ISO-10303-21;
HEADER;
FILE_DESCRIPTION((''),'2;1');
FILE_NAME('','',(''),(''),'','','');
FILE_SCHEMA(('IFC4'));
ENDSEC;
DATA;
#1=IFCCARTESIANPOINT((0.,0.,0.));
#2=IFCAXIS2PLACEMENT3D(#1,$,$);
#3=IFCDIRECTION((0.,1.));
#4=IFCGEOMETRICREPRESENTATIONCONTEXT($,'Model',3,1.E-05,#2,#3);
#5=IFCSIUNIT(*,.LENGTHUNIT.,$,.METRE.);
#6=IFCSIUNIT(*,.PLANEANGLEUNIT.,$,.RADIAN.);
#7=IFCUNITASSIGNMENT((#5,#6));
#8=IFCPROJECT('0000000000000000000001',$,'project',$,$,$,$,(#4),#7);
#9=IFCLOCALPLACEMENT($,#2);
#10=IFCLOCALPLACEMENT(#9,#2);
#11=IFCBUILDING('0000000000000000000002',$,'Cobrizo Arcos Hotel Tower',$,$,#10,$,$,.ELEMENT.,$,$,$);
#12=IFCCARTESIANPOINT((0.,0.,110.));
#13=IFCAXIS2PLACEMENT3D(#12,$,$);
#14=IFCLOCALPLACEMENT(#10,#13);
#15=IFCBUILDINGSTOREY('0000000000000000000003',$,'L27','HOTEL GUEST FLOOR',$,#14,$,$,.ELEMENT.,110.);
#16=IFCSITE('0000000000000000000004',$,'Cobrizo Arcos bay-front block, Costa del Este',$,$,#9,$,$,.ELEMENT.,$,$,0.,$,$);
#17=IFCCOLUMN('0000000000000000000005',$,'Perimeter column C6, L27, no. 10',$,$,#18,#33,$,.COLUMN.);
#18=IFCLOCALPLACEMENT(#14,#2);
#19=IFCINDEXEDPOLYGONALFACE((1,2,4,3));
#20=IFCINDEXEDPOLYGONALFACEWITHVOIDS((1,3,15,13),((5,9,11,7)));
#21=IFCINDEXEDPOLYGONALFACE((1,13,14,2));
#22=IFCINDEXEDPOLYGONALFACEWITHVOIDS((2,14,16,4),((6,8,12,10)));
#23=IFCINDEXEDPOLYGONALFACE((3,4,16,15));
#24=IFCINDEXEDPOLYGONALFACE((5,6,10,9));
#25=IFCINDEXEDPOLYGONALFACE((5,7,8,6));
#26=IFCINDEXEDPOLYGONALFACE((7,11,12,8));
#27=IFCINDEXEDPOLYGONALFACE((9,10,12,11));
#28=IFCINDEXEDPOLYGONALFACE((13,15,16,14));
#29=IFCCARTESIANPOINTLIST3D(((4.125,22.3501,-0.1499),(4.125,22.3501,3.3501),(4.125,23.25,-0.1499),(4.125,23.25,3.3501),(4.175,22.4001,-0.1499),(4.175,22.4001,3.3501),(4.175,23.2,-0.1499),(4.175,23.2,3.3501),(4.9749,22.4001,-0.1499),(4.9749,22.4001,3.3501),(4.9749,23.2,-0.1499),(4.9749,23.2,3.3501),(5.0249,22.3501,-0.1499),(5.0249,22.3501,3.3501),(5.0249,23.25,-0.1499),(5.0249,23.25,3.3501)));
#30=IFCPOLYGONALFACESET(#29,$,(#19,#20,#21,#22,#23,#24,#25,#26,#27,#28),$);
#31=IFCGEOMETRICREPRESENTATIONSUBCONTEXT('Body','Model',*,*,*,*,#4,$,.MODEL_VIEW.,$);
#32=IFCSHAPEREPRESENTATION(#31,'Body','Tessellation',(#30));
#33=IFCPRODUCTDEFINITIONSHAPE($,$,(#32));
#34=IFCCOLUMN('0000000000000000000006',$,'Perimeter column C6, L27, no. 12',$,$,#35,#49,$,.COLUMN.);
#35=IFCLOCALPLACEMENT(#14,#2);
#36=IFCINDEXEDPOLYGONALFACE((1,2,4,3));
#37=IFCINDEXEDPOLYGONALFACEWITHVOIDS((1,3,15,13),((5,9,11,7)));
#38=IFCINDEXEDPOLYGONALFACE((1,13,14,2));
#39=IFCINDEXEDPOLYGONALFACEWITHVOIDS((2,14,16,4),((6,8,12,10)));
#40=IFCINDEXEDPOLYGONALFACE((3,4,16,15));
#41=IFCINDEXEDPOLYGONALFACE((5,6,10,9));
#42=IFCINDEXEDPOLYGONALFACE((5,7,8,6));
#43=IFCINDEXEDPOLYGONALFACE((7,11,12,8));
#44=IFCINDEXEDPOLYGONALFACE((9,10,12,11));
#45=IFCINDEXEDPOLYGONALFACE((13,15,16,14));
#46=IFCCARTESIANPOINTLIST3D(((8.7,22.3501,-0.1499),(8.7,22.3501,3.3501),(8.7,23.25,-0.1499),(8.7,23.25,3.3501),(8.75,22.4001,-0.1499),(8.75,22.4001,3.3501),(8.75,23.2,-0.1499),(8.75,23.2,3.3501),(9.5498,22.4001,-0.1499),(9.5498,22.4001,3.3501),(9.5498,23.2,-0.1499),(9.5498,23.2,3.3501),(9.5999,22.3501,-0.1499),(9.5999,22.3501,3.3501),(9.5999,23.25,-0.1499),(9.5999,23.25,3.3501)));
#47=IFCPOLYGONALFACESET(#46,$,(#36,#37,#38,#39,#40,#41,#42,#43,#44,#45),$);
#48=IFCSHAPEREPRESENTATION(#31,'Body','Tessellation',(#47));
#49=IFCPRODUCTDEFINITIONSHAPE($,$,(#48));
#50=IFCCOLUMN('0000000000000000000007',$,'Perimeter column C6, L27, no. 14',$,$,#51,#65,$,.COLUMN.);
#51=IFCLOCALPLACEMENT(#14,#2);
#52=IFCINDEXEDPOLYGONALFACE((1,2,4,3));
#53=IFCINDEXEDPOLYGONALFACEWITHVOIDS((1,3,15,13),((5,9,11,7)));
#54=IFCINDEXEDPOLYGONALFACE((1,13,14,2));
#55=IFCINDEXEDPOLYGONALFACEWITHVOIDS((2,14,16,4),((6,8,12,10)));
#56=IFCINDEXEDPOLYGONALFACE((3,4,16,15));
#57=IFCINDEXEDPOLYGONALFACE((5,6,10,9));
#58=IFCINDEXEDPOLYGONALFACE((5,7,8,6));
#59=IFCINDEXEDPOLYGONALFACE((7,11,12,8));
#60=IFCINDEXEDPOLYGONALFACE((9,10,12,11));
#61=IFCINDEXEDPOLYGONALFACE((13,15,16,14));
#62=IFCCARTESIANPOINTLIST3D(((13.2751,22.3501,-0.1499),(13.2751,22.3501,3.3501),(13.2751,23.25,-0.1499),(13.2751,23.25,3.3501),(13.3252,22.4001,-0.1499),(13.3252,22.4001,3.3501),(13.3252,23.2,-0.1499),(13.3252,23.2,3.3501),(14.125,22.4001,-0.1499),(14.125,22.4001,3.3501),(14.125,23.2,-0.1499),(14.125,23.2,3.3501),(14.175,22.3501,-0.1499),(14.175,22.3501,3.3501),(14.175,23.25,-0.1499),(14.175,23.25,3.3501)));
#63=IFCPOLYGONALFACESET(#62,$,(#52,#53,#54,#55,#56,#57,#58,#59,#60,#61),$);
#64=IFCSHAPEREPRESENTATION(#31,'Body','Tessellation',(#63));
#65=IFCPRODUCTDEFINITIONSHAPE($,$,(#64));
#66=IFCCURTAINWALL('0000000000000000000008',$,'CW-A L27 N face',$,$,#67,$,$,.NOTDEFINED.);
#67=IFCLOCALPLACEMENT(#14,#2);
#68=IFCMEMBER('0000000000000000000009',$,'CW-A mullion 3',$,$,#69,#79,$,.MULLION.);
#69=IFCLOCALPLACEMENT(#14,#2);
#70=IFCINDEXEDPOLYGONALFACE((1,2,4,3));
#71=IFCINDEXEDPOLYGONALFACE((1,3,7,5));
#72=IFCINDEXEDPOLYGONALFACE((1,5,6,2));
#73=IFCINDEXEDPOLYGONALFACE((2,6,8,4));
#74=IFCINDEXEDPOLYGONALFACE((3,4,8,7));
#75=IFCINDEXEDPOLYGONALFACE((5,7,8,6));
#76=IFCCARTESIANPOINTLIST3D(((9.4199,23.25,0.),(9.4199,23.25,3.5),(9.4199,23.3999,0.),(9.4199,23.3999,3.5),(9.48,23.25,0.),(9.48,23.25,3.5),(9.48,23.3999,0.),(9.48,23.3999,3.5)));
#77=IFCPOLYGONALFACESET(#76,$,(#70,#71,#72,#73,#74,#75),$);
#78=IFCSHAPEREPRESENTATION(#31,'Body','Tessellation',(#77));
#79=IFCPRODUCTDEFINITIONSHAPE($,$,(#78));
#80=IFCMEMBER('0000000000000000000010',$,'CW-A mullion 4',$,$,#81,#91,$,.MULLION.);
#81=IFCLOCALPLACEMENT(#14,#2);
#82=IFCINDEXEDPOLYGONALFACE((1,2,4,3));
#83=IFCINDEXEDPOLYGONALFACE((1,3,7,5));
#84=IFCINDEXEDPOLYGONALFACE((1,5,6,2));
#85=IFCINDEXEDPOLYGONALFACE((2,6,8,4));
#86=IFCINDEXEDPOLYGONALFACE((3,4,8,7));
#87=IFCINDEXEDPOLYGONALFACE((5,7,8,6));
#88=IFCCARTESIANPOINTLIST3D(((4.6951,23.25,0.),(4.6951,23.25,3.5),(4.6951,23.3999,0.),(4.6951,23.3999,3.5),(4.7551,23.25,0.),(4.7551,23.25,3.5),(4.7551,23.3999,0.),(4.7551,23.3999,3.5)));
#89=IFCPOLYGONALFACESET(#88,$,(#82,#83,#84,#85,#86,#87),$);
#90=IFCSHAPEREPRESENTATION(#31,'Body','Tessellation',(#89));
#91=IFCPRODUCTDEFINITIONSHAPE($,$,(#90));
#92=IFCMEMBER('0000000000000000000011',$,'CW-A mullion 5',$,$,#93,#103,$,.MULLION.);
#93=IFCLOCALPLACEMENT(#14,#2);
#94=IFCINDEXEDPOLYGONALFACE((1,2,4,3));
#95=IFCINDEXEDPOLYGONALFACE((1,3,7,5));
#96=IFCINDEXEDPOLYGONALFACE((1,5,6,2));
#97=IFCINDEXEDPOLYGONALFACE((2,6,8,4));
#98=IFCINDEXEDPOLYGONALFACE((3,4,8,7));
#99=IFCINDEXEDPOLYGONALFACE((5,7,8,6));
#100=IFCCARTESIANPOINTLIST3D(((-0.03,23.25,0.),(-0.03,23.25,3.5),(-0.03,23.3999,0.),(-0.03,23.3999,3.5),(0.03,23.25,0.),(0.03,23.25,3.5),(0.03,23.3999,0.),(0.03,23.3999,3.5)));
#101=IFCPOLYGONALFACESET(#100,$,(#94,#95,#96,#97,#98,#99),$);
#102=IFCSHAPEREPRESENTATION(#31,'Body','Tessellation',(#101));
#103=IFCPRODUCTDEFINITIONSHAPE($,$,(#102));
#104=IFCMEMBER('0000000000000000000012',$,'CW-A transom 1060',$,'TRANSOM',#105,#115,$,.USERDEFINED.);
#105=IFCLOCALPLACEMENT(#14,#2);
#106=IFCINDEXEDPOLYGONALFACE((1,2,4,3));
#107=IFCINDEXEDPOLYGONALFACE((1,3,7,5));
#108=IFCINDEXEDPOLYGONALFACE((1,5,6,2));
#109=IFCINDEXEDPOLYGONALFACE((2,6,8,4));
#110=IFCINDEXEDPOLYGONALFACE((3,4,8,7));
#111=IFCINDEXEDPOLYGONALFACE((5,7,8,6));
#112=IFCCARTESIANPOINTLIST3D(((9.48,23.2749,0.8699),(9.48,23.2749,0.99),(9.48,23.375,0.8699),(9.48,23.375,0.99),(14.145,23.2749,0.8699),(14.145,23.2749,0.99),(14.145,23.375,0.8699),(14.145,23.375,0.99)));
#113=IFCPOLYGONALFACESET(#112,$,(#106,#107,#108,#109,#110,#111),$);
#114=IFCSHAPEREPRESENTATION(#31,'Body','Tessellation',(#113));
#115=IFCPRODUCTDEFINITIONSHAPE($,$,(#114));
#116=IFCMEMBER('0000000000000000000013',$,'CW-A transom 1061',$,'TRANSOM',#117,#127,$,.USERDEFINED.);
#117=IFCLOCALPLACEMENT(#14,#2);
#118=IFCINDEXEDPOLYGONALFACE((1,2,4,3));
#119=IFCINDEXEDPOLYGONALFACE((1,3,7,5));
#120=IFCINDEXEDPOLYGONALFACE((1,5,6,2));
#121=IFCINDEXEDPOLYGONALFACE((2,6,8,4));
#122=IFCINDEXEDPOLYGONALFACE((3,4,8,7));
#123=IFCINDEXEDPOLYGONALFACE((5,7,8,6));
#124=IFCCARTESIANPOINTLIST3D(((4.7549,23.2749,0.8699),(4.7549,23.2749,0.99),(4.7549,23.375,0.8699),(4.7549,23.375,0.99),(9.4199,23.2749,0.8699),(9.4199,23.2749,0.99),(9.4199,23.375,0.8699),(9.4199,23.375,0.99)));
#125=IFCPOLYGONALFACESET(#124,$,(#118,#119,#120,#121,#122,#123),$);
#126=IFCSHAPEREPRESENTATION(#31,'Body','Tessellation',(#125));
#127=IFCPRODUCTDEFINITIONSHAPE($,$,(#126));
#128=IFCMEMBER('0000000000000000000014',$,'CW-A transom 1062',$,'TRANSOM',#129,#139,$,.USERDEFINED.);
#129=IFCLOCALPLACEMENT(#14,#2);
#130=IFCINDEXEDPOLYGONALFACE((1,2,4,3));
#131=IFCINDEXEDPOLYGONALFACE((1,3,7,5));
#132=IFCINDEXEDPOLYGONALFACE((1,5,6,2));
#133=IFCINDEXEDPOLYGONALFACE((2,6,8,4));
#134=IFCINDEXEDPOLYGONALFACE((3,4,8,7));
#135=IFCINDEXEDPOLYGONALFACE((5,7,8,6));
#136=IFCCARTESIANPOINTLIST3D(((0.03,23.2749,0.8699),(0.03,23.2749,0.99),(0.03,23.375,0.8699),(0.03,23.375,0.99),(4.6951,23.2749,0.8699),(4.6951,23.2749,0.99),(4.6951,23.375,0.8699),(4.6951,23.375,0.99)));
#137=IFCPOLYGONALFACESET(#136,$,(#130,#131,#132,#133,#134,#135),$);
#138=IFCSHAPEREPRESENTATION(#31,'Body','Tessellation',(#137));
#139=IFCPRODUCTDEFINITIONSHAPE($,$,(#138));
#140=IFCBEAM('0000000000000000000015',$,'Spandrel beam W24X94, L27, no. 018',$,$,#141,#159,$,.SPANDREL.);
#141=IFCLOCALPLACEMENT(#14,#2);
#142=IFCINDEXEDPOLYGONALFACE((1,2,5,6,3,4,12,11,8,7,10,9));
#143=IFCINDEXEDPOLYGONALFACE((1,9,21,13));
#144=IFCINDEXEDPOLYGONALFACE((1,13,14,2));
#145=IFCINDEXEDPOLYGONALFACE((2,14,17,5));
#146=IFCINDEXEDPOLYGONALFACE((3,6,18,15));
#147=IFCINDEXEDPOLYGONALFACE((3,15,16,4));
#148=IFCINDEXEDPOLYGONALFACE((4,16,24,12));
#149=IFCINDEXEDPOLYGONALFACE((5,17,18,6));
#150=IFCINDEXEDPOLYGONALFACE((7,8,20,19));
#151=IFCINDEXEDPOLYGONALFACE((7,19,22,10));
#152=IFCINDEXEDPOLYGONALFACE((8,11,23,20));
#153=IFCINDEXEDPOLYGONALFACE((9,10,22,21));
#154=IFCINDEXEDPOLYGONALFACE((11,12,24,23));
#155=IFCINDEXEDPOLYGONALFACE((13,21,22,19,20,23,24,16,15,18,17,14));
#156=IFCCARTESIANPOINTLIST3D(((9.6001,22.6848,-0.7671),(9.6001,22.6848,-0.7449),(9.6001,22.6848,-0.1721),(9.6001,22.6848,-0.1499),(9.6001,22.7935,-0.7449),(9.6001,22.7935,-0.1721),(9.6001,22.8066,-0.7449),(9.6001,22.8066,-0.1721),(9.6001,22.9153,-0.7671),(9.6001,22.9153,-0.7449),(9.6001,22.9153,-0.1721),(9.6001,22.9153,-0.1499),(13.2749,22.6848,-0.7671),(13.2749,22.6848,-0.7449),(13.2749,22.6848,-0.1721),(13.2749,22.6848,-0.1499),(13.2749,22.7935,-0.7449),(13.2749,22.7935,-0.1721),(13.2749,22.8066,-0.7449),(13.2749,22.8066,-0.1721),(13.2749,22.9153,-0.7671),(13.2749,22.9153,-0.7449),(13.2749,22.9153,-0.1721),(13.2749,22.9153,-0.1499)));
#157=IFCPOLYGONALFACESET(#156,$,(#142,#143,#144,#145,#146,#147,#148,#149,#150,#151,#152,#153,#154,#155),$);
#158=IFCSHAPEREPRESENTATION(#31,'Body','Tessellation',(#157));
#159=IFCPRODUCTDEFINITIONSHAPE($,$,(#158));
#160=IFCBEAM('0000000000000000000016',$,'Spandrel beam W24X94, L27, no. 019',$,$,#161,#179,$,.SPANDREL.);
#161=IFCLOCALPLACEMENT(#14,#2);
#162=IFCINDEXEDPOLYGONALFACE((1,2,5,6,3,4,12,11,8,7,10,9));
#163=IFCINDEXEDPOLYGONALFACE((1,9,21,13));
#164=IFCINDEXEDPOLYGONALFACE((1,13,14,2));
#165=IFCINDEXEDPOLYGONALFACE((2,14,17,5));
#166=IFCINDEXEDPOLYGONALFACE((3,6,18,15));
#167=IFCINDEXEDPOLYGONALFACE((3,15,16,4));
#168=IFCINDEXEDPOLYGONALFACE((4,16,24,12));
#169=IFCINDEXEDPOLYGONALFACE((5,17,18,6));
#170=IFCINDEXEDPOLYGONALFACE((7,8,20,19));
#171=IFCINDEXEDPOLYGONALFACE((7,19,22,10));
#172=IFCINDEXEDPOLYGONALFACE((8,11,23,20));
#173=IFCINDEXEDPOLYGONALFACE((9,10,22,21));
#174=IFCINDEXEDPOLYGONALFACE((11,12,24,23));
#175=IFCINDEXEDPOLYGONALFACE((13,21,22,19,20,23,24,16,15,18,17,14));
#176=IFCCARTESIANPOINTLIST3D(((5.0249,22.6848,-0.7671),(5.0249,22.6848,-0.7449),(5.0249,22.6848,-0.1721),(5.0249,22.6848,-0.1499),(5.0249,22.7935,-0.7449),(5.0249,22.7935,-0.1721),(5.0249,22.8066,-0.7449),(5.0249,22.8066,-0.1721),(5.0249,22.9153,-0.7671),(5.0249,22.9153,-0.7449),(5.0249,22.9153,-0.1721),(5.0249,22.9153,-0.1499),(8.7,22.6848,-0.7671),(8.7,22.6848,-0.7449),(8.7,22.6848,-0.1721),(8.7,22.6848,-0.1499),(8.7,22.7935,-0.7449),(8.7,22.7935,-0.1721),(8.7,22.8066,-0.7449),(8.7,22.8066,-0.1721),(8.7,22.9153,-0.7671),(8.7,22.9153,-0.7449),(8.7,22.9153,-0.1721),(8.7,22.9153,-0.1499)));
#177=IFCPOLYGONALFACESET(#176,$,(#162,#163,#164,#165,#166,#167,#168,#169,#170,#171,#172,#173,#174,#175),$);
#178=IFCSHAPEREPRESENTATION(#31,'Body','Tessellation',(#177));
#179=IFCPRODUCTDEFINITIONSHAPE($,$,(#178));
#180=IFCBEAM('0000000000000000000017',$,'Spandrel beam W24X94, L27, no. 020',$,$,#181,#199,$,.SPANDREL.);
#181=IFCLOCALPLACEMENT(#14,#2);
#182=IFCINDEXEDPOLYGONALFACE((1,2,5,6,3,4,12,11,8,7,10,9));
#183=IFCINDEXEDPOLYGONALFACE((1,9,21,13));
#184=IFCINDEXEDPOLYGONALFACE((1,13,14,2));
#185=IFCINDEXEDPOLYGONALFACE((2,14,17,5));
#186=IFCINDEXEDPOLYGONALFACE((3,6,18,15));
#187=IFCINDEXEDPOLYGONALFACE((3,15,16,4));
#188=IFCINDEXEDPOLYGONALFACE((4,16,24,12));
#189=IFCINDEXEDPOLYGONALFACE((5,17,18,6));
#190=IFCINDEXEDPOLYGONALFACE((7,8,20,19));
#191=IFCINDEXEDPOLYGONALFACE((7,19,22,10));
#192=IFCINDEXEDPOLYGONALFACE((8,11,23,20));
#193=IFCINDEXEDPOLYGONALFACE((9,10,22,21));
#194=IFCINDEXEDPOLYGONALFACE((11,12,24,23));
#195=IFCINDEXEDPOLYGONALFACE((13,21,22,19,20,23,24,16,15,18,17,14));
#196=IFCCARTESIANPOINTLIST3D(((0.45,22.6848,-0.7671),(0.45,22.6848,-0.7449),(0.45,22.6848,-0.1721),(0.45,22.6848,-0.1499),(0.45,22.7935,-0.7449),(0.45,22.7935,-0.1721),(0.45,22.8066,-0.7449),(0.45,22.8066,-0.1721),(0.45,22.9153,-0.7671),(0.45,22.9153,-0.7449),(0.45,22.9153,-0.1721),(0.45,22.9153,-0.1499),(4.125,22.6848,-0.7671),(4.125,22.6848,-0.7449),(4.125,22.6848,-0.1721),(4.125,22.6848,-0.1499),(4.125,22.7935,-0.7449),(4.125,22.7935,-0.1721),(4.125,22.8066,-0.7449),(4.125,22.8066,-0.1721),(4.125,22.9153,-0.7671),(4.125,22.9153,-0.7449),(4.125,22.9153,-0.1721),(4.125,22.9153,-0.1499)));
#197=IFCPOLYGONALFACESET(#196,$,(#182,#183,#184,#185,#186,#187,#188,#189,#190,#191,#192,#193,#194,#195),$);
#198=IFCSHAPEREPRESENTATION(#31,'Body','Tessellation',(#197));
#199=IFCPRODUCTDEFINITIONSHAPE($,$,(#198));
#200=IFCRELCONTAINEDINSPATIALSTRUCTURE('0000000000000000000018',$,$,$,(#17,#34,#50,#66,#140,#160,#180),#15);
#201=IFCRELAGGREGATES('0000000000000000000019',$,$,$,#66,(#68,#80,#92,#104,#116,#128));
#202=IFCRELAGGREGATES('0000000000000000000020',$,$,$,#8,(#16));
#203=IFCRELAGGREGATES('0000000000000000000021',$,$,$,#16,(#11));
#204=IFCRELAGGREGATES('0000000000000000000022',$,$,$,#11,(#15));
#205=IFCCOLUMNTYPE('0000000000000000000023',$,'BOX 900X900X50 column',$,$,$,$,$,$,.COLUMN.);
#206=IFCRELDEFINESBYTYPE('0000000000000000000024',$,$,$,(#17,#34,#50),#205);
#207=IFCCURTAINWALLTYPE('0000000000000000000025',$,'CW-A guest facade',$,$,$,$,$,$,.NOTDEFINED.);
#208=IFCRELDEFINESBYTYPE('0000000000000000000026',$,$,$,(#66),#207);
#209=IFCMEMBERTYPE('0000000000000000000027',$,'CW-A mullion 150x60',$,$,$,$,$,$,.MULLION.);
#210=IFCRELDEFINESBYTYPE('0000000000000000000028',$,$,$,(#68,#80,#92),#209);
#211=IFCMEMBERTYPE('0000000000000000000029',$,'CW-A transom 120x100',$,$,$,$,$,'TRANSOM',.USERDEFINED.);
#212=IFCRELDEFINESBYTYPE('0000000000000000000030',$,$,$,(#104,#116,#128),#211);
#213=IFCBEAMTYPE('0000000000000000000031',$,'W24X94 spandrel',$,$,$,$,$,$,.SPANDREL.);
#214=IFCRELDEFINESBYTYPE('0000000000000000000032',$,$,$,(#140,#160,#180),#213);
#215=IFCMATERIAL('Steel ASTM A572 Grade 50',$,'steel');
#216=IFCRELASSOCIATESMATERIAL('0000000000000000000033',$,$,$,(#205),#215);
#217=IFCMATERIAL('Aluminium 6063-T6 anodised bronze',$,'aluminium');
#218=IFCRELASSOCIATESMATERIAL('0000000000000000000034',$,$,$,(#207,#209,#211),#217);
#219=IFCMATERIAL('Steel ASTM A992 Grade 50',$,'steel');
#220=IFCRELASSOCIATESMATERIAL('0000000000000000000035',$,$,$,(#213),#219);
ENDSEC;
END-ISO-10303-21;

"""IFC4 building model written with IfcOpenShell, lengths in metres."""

from ifc_helpers import new_model, si_unit, direction, frame, origin, origin_2d, place, context, subcontext, project, spatial, rectangle, hollow_rectangle, i_section, extrude, material, material_profile, profile_set, type_object, element, aggregate, save


model = new_model("IFC4")

# Units and contexts
model_context = context("Model", 3, precision=1e-05, world=origin(), true_north=direction((0.0, 1.0)))
body_context = subcontext(model_context, "Body", "Model", "MODEL_VIEW")
ifc_project = project(units=[si_unit("LENGTHUNIT", "METRE"), si_unit("PLANEANGLEUNIT", "RADIAN")], contexts=[model_context])

# Site, building, storey
site_placement = place(None, origin())
site = spatial("IfcSite", under=ifc_project, at=site_placement, Name="Cobrizo Arcos bay-front block, Costa del Este", CompositionType="ELEMENT", RefElevation=0.0)
building_placement = place(site_placement, origin())
building = spatial("IfcBuilding", under=site, at=building_placement, Name="Cobrizo Arcos Hotel Tower", CompositionType="ELEMENT")
storey_placement = place(building_placement, frame((0.0, 0.0, 110.0)))
storey = spatial("IfcBuildingStorey", under=building, at=storey_placement, Name="L27", Description="HOTEL GUEST FLOOR", CompositionType="ELEMENT", Elevation=110.0)

# Columns
ifc_material_1 = material(Name="Steel ASTM A572 Grade 50", Category="steel")
ifc_material_profile_1 = material_profile(ifc_material_1, hollow_rectangle(XDim=0.8999, YDim=0.8999, WallThickness=0.05, at=origin_2d()), Name="BOX 900X900X50")
ifc_profile_set_1 = profile_set([ifc_material_profile_1], Name="Steel ASTM A572 Grade 50")
column_type = type_object("IfcColumnType", Name="BOX 900X900X50 column", PredefinedType="COLUMN", material=ifc_profile_set_1)
for number, where, z_axis, x_axis, name in (
    (1, (4.575, 22.8, -0.1499), (0.0, 0.0, 1.0), (1.0, 0.0, 0.0), "Perimeter column C6, L27, no. 10"),
    (2, (9.1499, 22.8, -0.1499), (0.0, 0.0, 1.0), (1.0, 0.0, 0.0), "Perimeter column C6, L27, no. 12"),
    (3, (13.7251, 22.8, -0.1499), (0.0, 0.0, 1.0), (1.0, 0.0, 0.0), "Perimeter column C6, L27, no. 14"),
):
    element("IfcColumn", number, at=place(storey_placement, frame(where, z_axis=z_axis, x_axis=x_axis)), inside=storey, type_object=column_type, Name=name, PredefinedType="COLUMN", context=body_context, shape_type="SweptSolid", body=[
        extrude(hollow_rectangle(XDim=0.8999, YDim=0.8999, WallThickness=0.05, at=origin_2d()), origin(), (0.0, 0.0, 1.0), 3.5),
    ])

# Curtain wall, members
ifc_material_2 = material(Name="Aluminium 6063-T6 anodised bronze", Category="aluminium")
curtain_wall_type = type_object("IfcCurtainWallType", Name="CW-A guest facade", PredefinedType="NOTDEFINED", material=ifc_material_2)
curtain_wall_placement = place(storey_placement, origin())
curtain_wall = element("IfcCurtainWall", 4, at=curtain_wall_placement, inside=storey, type_object=curtain_wall_type, Name="CW-A L27 N face", PredefinedType="NOTDEFINED")
ifc_material_profile_2 = material_profile(ifc_material_2, rectangle(XDim=0.1499, YDim=0.0601, at=origin_2d()), Name="CW-A mullion 150x60")
ifc_profile_set_2 = profile_set([ifc_material_profile_2], Name="Aluminium 6063-T6 anodised bronze")
member_type_1 = type_object("IfcMemberType", Name="CW-A mullion 150x60", PredefinedType="MULLION", material=ifc_profile_set_2)
member_1_placement = place(storey_placement, frame((9.45, 23.325, 0.0), z_axis=(0.0, 0.0, 1.0), x_axis=(0.0, 1.0, 0.0)))
member_1 = element("IfcMember", 5, at=member_1_placement, type_object=member_type_1, Name="CW-A mullion 3", PredefinedType="MULLION", context=body_context, shape_type="SweptSolid", body=[
    extrude(rectangle(XDim=0.1499, YDim=0.0601, at=origin_2d()), origin(), (0.0, 0.0, 1.0), 3.5),
])
member_2_placement = place(storey_placement, frame((4.7251, 23.325, 0.0), z_axis=(0.0, 0.0, 1.0), x_axis=(0.0, 1.0, 0.0)))
member_2 = element("IfcMember", 6, at=member_2_placement, type_object=member_type_1, Name="CW-A mullion 4", PredefinedType="MULLION", context=body_context, shape_type="SweptSolid", body=[
    extrude(rectangle(XDim=0.1499, YDim=0.0601, at=origin_2d()), origin(), (0.0, 0.0, 1.0), 3.5),
])
member_3_placement = place(storey_placement, frame((0.0, 23.325, 0.0), z_axis=(0.0, 0.0, 1.0), x_axis=(0.0, 1.0, 0.0)))
member_3 = element("IfcMember", 7, at=member_3_placement, type_object=member_type_1, Name="CW-A mullion 5", PredefinedType="MULLION", context=body_context, shape_type="SweptSolid", body=[
    extrude(rectangle(XDim=0.1499, YDim=0.0601, at=origin_2d()), origin(), (0.0, 0.0, 1.0), 3.5),
])
ifc_material_profile_3 = material_profile(ifc_material_2, rectangle(XDim=0.1001, YDim=0.1201, at=origin_2d()), Name="CW-A transom 120x100")
ifc_profile_set_3 = profile_set([ifc_material_profile_3], Name="Aluminium 6063-T6 anodised bronze")
member_type_2 = type_object("IfcMemberType", Name="CW-A transom 120x100", ElementType="TRANSOM", PredefinedType="USERDEFINED", material=ifc_profile_set_3)
member_4_placement = place(storey_placement, frame((14.145, 23.325, 0.9299), z_axis=(-1.0, 0.0, 0.0), x_axis=(0.0, -1.0, 0.0)))
member_4 = element("IfcMember", 8, at=member_4_placement, type_object=member_type_2, Name="CW-A transom 1060", ObjectType="TRANSOM", PredefinedType="USERDEFINED", context=body_context, shape_type="SweptSolid", body=[
    extrude(rectangle(XDim=0.1001, YDim=0.1201, at=origin_2d()), origin(), (0.0, 0.0, 1.0), 4.665),
])
member_5_placement = place(storey_placement, frame((9.4199, 23.325, 0.9299), z_axis=(-1.0, 0.0, 0.0), x_axis=(0.0, -1.0, 0.0)))
member_5 = element("IfcMember", 9, at=member_5_placement, type_object=member_type_2, Name="CW-A transom 1061", ObjectType="TRANSOM", PredefinedType="USERDEFINED", context=body_context, shape_type="SweptSolid", body=[
    extrude(rectangle(XDim=0.1001, YDim=0.1201, at=origin_2d()), origin(), (0.0, 0.0, 1.0), 4.665),
])
member_6_placement = place(storey_placement, frame((4.6951, 23.325, 0.9299), z_axis=(-1.0, 0.0, 0.0), x_axis=(0.0, -1.0, 0.0)))
member_6 = element("IfcMember", 10, at=member_6_placement, type_object=member_type_2, Name="CW-A transom 1062", ObjectType="TRANSOM", PredefinedType="USERDEFINED", context=body_context, shape_type="SweptSolid", body=[
    extrude(rectangle(XDim=0.1001, YDim=0.1201, at=origin_2d()), origin(), (0.0, 0.0, 1.0), 4.665),
])

# Beams
ifc_material_3 = material(Name="Steel ASTM A992 Grade 50", Category="steel")
ifc_material_profile_4 = material_profile(ifc_material_3, i_section(OverallWidth=0.2305, OverallDepth=0.6172, WebThickness=0.0132, FlangeThickness=0.0222, at=origin_2d()), Name="W24X94")
ifc_profile_set_4 = profile_set([ifc_material_profile_4], Name="Steel ASTM A992 Grade 50")
beam_type = type_object("IfcBeamType", Name="W24X94 spandrel", PredefinedType="SPANDREL", material=ifc_profile_set_4)
beam_placement = place(storey_placement, frame((13.2749, 22.8, -0.4585), z_axis=(-1.0, 0.0, 0.0), x_axis=(0.0, -1.0, 0.0)))
element("IfcBeam", 11, at=beam_placement, inside=storey, type_object=beam_type, Name="Spandrel beam W24X94, L27, no. 018", PredefinedType="SPANDREL", context=body_context, shape_type="SweptSolid", body=[
    extrude(i_section(OverallWidth=0.2305, OverallDepth=0.6172, WebThickness=0.0132, FlangeThickness=0.0222, at=origin_2d()), origin(), (0.0, 0.0, 1.0), 3.6748),
])
for number, where, z_axis, x_axis, name in (
    (12, (8.7, 22.8, -0.4585), (-1.0, 0.0, 0.0), (0.0, -1.0, 0.0), "Spandrel beam W24X94, L27, no. 019"),
    (13, (4.125, 22.8, -0.4585), (-1.0, 0.0, 0.0), (0.0, -1.0, 0.0), "Spandrel beam W24X94, L27, no. 020"),
):
    element("IfcBeam", number, at=place(storey_placement, frame(where, z_axis=z_axis, x_axis=x_axis)), inside=storey, type_object=beam_type, Name=name, PredefinedType="SPANDREL", context=body_context, shape_type="SweptSolid", body=[
        extrude(i_section(OverallWidth=0.2305, OverallDepth=0.6172, WebThickness=0.0132, FlangeThickness=0.0222, at=origin_2d()), origin(), (0.0, 0.0, 1.0), 3.675),
    ])

aggregate(curtain_wall, [member_1, member_2, member_3, member_4, member_5, member_6])

save(model, "model.ifc")
